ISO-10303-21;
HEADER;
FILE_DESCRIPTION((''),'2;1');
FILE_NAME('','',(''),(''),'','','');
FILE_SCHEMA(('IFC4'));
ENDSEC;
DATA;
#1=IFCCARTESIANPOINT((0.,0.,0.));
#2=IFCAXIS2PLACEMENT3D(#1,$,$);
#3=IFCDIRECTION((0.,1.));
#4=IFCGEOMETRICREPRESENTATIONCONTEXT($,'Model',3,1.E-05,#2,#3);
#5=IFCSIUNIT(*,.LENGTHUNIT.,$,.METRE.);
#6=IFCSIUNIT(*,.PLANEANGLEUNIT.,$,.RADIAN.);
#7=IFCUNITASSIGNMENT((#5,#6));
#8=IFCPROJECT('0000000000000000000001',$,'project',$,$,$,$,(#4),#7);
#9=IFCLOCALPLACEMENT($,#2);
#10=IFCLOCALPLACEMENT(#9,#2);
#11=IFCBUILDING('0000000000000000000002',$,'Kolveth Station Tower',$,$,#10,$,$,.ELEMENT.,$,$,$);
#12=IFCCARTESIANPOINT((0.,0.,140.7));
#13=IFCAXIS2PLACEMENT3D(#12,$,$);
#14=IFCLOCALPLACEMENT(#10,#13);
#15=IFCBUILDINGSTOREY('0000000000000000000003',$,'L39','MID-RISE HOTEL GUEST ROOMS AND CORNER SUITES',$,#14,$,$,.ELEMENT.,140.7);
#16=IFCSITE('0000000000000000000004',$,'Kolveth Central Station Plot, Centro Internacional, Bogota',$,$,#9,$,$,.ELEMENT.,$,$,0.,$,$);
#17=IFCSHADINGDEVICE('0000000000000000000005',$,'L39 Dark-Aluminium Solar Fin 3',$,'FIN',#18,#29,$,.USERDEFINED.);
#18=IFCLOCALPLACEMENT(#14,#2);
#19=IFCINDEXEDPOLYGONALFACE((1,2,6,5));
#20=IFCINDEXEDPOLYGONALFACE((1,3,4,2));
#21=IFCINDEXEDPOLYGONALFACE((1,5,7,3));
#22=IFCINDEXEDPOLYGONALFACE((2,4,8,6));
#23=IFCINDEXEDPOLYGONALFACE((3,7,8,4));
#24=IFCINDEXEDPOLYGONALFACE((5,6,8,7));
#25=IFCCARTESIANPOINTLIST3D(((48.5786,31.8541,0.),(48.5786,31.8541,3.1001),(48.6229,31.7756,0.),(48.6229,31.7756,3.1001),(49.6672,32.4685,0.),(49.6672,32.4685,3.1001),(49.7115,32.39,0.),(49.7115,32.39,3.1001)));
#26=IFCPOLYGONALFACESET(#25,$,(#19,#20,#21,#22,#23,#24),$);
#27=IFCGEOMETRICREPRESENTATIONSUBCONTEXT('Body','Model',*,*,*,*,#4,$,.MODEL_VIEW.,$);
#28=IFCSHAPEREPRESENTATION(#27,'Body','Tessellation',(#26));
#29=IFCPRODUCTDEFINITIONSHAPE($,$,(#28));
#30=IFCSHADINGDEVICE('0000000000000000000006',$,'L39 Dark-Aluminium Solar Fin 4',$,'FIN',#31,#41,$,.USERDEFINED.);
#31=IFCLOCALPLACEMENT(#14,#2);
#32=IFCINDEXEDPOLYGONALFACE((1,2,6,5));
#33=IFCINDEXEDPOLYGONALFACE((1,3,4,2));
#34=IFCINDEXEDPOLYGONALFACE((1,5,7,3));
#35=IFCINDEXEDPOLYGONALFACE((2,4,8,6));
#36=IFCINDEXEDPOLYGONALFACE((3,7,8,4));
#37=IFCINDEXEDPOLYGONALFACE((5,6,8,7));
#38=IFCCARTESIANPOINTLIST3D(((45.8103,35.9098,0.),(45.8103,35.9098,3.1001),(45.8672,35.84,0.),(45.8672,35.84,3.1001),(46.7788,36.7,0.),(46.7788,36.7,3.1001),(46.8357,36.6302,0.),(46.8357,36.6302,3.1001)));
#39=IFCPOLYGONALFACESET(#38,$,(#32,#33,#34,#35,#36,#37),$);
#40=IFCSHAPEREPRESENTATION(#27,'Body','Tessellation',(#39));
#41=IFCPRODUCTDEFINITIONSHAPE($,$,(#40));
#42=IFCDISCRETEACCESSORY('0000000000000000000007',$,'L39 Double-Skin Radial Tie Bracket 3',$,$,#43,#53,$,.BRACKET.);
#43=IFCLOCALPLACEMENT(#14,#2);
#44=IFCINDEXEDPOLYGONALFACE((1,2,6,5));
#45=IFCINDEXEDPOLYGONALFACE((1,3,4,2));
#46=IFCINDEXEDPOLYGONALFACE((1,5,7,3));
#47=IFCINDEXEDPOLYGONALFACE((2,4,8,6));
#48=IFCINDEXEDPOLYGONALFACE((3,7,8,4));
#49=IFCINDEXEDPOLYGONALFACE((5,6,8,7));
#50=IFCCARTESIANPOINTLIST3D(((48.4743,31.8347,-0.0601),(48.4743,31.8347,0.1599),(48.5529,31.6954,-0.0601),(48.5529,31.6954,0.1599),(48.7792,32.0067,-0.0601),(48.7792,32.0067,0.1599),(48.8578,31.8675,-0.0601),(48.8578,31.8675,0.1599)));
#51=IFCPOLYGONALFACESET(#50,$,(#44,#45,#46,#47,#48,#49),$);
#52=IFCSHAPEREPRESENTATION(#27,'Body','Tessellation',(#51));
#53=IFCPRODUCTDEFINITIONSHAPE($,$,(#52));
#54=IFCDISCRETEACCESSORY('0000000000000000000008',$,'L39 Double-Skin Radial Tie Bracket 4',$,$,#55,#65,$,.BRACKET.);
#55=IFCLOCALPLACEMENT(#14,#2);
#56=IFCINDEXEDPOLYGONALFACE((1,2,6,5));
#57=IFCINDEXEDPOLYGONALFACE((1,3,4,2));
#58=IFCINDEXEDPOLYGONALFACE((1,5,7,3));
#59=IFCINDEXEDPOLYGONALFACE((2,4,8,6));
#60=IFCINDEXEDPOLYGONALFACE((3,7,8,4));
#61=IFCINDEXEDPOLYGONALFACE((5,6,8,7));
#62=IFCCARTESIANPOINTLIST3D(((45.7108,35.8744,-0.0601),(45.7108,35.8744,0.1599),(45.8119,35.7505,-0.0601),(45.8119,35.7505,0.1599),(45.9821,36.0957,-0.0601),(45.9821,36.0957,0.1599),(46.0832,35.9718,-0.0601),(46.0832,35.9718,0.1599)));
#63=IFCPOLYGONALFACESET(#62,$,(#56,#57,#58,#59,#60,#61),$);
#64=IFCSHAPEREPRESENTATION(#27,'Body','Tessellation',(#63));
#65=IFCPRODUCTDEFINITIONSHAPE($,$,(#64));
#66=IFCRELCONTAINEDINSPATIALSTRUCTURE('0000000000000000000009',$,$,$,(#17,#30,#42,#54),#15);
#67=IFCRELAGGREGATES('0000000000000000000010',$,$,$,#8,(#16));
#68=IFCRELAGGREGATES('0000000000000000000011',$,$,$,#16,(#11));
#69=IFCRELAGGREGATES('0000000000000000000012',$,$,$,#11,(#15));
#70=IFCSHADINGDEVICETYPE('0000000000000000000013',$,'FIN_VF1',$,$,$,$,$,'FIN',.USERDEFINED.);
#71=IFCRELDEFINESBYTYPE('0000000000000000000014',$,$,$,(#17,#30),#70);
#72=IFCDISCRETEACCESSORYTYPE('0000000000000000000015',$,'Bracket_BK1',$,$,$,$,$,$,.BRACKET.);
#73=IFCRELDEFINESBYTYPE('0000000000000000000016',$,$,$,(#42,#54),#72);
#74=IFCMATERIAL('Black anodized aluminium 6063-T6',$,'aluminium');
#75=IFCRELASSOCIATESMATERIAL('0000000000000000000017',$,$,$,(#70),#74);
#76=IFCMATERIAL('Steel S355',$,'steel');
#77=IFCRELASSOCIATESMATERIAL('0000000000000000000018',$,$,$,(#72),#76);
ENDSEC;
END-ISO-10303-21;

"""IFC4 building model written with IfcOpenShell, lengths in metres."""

from ifc_helpers import new_model, si_unit, direction, frame, origin, origin_2d, place, context, subcontext, project, spatial, rectangle, extrude, source, transform, mapped, material, type_object, element, save


model = new_model("IFC4")

# Units and contexts
model_context = context("Model", 3, precision=1e-05, world=origin(), true_north=direction((0.0, 1.0)))
body_context = subcontext(model_context, "Body", "Model", "MODEL_VIEW")
ifc_project = project(units=[si_unit("LENGTHUNIT", "METRE"), si_unit("PLANEANGLEUNIT", "RADIAN")], contexts=[model_context])

# Site, building, storey
site_placement = place(None, origin())
site = spatial("IfcSite", under=ifc_project, at=site_placement, Name="Kolveth Central Station Plot, Centro Internacional, Bogota", CompositionType="ELEMENT", RefElevation=0.0)
building_placement = place(site_placement, origin())
building = spatial("IfcBuilding", under=site, at=building_placement, Name="Kolveth Station Tower", CompositionType="ELEMENT")
storey_placement = place(building_placement, frame((0.0, 0.0, 140.7)))
storey = spatial("IfcBuildingStorey", under=building, at=storey_placement, Name="L39", Description="MID-RISE HOTEL GUEST ROOMS AND CORNER SUITES", CompositionType="ELEMENT", Elevation=140.7)

# Shared definitions
ifc_material_1 = material(Name="Black anodized aluminium 6063-T6", Category="aluminium")

# Shading devices
shading_device_type = type_object("IfcShadingDeviceType", Name="FIN_VF1", ElementType="FIN", PredefinedType="USERDEFINED", material=ifc_material_1)
shared_shape_1 = source(origin(), body_context, "Body", "SweptSolid", [
    extrude(rectangle(XDim=1.25, YDim=0.0901, at=origin_2d()), origin(), (0.0, 0.0, 1.0), 3.1001),
])
for number, where, z_axis, x_axis, name in (
    (1, (49.145, 32.1221, 0.0), (0.0, 0.0, 1.0), (0.870871, 0.491512, 0.0), "L39 Dark-Aluminium Solar Fin 3"),
    (2, (46.323, 36.27, 0.0), (0.0, 0.0, 1.0), (0.774834, 0.632165, 0.0), "L39 Dark-Aluminium Solar Fin 4"),
):
    element("IfcShadingDevice", number, at=place(storey_placement, frame(where, z_axis=z_axis, x_axis=x_axis)), inside=storey, type_object=shading_device_type, Name=name, ObjectType="FIN", PredefinedType="USERDEFINED", context=body_context, shape_type="MappedRepresentation", body=[
        mapped(shared_shape_1, transform((0.0, 0.0, 0.0), x_axis=(1.0, 0.0, 0.0), y_axis=(0.0, 1.0, 0.0), z_axis=(0.0, 0.0, 1.0), scale=1.0)),
    ])

# Discrete accessories
ifc_material_2 = material(Name="Steel S355", Category="steel")
discrete_accessory_type = type_object("IfcDiscreteAccessoryType", Name="Bracket_BK1", PredefinedType="BRACKET", material=ifc_material_2)
shared_shape_2 = source(origin(), body_context, "Body", "SweptSolid", [
    extrude(rectangle(XDim=0.3501, YDim=0.1599, at=origin_2d()), origin(), (0.0, 0.0, 1.0), 0.22),
])
for number, where, z_axis, x_axis, name in (
    (3, (48.666, 31.8511, -0.0601), (0.0, 0.0, 1.0), (0.870871, 0.491512, 0.0), "L39 Double-Skin Radial Tie Bracket 3"),
    (4, (45.897, 35.9231, -0.0601), (0.0, 0.0, 1.0), (0.774834, 0.632165, 0.0), "L39 Double-Skin Radial Tie Bracket 4"),
):
    element("IfcDiscreteAccessory", number, at=place(storey_placement, frame(where, z_axis=z_axis, x_axis=x_axis)), inside=storey, type_object=discrete_accessory_type, Name=name, PredefinedType="BRACKET", context=body_context, shape_type="MappedRepresentation", body=[
        mapped(shared_shape_2, transform((0.0, 0.0, 0.0), x_axis=(1.0, 0.0, 0.0), y_axis=(0.0, 1.0, 0.0), z_axis=(0.0, 0.0, 1.0), scale=1.0)),
    ])

save(model, "model.ifc")
